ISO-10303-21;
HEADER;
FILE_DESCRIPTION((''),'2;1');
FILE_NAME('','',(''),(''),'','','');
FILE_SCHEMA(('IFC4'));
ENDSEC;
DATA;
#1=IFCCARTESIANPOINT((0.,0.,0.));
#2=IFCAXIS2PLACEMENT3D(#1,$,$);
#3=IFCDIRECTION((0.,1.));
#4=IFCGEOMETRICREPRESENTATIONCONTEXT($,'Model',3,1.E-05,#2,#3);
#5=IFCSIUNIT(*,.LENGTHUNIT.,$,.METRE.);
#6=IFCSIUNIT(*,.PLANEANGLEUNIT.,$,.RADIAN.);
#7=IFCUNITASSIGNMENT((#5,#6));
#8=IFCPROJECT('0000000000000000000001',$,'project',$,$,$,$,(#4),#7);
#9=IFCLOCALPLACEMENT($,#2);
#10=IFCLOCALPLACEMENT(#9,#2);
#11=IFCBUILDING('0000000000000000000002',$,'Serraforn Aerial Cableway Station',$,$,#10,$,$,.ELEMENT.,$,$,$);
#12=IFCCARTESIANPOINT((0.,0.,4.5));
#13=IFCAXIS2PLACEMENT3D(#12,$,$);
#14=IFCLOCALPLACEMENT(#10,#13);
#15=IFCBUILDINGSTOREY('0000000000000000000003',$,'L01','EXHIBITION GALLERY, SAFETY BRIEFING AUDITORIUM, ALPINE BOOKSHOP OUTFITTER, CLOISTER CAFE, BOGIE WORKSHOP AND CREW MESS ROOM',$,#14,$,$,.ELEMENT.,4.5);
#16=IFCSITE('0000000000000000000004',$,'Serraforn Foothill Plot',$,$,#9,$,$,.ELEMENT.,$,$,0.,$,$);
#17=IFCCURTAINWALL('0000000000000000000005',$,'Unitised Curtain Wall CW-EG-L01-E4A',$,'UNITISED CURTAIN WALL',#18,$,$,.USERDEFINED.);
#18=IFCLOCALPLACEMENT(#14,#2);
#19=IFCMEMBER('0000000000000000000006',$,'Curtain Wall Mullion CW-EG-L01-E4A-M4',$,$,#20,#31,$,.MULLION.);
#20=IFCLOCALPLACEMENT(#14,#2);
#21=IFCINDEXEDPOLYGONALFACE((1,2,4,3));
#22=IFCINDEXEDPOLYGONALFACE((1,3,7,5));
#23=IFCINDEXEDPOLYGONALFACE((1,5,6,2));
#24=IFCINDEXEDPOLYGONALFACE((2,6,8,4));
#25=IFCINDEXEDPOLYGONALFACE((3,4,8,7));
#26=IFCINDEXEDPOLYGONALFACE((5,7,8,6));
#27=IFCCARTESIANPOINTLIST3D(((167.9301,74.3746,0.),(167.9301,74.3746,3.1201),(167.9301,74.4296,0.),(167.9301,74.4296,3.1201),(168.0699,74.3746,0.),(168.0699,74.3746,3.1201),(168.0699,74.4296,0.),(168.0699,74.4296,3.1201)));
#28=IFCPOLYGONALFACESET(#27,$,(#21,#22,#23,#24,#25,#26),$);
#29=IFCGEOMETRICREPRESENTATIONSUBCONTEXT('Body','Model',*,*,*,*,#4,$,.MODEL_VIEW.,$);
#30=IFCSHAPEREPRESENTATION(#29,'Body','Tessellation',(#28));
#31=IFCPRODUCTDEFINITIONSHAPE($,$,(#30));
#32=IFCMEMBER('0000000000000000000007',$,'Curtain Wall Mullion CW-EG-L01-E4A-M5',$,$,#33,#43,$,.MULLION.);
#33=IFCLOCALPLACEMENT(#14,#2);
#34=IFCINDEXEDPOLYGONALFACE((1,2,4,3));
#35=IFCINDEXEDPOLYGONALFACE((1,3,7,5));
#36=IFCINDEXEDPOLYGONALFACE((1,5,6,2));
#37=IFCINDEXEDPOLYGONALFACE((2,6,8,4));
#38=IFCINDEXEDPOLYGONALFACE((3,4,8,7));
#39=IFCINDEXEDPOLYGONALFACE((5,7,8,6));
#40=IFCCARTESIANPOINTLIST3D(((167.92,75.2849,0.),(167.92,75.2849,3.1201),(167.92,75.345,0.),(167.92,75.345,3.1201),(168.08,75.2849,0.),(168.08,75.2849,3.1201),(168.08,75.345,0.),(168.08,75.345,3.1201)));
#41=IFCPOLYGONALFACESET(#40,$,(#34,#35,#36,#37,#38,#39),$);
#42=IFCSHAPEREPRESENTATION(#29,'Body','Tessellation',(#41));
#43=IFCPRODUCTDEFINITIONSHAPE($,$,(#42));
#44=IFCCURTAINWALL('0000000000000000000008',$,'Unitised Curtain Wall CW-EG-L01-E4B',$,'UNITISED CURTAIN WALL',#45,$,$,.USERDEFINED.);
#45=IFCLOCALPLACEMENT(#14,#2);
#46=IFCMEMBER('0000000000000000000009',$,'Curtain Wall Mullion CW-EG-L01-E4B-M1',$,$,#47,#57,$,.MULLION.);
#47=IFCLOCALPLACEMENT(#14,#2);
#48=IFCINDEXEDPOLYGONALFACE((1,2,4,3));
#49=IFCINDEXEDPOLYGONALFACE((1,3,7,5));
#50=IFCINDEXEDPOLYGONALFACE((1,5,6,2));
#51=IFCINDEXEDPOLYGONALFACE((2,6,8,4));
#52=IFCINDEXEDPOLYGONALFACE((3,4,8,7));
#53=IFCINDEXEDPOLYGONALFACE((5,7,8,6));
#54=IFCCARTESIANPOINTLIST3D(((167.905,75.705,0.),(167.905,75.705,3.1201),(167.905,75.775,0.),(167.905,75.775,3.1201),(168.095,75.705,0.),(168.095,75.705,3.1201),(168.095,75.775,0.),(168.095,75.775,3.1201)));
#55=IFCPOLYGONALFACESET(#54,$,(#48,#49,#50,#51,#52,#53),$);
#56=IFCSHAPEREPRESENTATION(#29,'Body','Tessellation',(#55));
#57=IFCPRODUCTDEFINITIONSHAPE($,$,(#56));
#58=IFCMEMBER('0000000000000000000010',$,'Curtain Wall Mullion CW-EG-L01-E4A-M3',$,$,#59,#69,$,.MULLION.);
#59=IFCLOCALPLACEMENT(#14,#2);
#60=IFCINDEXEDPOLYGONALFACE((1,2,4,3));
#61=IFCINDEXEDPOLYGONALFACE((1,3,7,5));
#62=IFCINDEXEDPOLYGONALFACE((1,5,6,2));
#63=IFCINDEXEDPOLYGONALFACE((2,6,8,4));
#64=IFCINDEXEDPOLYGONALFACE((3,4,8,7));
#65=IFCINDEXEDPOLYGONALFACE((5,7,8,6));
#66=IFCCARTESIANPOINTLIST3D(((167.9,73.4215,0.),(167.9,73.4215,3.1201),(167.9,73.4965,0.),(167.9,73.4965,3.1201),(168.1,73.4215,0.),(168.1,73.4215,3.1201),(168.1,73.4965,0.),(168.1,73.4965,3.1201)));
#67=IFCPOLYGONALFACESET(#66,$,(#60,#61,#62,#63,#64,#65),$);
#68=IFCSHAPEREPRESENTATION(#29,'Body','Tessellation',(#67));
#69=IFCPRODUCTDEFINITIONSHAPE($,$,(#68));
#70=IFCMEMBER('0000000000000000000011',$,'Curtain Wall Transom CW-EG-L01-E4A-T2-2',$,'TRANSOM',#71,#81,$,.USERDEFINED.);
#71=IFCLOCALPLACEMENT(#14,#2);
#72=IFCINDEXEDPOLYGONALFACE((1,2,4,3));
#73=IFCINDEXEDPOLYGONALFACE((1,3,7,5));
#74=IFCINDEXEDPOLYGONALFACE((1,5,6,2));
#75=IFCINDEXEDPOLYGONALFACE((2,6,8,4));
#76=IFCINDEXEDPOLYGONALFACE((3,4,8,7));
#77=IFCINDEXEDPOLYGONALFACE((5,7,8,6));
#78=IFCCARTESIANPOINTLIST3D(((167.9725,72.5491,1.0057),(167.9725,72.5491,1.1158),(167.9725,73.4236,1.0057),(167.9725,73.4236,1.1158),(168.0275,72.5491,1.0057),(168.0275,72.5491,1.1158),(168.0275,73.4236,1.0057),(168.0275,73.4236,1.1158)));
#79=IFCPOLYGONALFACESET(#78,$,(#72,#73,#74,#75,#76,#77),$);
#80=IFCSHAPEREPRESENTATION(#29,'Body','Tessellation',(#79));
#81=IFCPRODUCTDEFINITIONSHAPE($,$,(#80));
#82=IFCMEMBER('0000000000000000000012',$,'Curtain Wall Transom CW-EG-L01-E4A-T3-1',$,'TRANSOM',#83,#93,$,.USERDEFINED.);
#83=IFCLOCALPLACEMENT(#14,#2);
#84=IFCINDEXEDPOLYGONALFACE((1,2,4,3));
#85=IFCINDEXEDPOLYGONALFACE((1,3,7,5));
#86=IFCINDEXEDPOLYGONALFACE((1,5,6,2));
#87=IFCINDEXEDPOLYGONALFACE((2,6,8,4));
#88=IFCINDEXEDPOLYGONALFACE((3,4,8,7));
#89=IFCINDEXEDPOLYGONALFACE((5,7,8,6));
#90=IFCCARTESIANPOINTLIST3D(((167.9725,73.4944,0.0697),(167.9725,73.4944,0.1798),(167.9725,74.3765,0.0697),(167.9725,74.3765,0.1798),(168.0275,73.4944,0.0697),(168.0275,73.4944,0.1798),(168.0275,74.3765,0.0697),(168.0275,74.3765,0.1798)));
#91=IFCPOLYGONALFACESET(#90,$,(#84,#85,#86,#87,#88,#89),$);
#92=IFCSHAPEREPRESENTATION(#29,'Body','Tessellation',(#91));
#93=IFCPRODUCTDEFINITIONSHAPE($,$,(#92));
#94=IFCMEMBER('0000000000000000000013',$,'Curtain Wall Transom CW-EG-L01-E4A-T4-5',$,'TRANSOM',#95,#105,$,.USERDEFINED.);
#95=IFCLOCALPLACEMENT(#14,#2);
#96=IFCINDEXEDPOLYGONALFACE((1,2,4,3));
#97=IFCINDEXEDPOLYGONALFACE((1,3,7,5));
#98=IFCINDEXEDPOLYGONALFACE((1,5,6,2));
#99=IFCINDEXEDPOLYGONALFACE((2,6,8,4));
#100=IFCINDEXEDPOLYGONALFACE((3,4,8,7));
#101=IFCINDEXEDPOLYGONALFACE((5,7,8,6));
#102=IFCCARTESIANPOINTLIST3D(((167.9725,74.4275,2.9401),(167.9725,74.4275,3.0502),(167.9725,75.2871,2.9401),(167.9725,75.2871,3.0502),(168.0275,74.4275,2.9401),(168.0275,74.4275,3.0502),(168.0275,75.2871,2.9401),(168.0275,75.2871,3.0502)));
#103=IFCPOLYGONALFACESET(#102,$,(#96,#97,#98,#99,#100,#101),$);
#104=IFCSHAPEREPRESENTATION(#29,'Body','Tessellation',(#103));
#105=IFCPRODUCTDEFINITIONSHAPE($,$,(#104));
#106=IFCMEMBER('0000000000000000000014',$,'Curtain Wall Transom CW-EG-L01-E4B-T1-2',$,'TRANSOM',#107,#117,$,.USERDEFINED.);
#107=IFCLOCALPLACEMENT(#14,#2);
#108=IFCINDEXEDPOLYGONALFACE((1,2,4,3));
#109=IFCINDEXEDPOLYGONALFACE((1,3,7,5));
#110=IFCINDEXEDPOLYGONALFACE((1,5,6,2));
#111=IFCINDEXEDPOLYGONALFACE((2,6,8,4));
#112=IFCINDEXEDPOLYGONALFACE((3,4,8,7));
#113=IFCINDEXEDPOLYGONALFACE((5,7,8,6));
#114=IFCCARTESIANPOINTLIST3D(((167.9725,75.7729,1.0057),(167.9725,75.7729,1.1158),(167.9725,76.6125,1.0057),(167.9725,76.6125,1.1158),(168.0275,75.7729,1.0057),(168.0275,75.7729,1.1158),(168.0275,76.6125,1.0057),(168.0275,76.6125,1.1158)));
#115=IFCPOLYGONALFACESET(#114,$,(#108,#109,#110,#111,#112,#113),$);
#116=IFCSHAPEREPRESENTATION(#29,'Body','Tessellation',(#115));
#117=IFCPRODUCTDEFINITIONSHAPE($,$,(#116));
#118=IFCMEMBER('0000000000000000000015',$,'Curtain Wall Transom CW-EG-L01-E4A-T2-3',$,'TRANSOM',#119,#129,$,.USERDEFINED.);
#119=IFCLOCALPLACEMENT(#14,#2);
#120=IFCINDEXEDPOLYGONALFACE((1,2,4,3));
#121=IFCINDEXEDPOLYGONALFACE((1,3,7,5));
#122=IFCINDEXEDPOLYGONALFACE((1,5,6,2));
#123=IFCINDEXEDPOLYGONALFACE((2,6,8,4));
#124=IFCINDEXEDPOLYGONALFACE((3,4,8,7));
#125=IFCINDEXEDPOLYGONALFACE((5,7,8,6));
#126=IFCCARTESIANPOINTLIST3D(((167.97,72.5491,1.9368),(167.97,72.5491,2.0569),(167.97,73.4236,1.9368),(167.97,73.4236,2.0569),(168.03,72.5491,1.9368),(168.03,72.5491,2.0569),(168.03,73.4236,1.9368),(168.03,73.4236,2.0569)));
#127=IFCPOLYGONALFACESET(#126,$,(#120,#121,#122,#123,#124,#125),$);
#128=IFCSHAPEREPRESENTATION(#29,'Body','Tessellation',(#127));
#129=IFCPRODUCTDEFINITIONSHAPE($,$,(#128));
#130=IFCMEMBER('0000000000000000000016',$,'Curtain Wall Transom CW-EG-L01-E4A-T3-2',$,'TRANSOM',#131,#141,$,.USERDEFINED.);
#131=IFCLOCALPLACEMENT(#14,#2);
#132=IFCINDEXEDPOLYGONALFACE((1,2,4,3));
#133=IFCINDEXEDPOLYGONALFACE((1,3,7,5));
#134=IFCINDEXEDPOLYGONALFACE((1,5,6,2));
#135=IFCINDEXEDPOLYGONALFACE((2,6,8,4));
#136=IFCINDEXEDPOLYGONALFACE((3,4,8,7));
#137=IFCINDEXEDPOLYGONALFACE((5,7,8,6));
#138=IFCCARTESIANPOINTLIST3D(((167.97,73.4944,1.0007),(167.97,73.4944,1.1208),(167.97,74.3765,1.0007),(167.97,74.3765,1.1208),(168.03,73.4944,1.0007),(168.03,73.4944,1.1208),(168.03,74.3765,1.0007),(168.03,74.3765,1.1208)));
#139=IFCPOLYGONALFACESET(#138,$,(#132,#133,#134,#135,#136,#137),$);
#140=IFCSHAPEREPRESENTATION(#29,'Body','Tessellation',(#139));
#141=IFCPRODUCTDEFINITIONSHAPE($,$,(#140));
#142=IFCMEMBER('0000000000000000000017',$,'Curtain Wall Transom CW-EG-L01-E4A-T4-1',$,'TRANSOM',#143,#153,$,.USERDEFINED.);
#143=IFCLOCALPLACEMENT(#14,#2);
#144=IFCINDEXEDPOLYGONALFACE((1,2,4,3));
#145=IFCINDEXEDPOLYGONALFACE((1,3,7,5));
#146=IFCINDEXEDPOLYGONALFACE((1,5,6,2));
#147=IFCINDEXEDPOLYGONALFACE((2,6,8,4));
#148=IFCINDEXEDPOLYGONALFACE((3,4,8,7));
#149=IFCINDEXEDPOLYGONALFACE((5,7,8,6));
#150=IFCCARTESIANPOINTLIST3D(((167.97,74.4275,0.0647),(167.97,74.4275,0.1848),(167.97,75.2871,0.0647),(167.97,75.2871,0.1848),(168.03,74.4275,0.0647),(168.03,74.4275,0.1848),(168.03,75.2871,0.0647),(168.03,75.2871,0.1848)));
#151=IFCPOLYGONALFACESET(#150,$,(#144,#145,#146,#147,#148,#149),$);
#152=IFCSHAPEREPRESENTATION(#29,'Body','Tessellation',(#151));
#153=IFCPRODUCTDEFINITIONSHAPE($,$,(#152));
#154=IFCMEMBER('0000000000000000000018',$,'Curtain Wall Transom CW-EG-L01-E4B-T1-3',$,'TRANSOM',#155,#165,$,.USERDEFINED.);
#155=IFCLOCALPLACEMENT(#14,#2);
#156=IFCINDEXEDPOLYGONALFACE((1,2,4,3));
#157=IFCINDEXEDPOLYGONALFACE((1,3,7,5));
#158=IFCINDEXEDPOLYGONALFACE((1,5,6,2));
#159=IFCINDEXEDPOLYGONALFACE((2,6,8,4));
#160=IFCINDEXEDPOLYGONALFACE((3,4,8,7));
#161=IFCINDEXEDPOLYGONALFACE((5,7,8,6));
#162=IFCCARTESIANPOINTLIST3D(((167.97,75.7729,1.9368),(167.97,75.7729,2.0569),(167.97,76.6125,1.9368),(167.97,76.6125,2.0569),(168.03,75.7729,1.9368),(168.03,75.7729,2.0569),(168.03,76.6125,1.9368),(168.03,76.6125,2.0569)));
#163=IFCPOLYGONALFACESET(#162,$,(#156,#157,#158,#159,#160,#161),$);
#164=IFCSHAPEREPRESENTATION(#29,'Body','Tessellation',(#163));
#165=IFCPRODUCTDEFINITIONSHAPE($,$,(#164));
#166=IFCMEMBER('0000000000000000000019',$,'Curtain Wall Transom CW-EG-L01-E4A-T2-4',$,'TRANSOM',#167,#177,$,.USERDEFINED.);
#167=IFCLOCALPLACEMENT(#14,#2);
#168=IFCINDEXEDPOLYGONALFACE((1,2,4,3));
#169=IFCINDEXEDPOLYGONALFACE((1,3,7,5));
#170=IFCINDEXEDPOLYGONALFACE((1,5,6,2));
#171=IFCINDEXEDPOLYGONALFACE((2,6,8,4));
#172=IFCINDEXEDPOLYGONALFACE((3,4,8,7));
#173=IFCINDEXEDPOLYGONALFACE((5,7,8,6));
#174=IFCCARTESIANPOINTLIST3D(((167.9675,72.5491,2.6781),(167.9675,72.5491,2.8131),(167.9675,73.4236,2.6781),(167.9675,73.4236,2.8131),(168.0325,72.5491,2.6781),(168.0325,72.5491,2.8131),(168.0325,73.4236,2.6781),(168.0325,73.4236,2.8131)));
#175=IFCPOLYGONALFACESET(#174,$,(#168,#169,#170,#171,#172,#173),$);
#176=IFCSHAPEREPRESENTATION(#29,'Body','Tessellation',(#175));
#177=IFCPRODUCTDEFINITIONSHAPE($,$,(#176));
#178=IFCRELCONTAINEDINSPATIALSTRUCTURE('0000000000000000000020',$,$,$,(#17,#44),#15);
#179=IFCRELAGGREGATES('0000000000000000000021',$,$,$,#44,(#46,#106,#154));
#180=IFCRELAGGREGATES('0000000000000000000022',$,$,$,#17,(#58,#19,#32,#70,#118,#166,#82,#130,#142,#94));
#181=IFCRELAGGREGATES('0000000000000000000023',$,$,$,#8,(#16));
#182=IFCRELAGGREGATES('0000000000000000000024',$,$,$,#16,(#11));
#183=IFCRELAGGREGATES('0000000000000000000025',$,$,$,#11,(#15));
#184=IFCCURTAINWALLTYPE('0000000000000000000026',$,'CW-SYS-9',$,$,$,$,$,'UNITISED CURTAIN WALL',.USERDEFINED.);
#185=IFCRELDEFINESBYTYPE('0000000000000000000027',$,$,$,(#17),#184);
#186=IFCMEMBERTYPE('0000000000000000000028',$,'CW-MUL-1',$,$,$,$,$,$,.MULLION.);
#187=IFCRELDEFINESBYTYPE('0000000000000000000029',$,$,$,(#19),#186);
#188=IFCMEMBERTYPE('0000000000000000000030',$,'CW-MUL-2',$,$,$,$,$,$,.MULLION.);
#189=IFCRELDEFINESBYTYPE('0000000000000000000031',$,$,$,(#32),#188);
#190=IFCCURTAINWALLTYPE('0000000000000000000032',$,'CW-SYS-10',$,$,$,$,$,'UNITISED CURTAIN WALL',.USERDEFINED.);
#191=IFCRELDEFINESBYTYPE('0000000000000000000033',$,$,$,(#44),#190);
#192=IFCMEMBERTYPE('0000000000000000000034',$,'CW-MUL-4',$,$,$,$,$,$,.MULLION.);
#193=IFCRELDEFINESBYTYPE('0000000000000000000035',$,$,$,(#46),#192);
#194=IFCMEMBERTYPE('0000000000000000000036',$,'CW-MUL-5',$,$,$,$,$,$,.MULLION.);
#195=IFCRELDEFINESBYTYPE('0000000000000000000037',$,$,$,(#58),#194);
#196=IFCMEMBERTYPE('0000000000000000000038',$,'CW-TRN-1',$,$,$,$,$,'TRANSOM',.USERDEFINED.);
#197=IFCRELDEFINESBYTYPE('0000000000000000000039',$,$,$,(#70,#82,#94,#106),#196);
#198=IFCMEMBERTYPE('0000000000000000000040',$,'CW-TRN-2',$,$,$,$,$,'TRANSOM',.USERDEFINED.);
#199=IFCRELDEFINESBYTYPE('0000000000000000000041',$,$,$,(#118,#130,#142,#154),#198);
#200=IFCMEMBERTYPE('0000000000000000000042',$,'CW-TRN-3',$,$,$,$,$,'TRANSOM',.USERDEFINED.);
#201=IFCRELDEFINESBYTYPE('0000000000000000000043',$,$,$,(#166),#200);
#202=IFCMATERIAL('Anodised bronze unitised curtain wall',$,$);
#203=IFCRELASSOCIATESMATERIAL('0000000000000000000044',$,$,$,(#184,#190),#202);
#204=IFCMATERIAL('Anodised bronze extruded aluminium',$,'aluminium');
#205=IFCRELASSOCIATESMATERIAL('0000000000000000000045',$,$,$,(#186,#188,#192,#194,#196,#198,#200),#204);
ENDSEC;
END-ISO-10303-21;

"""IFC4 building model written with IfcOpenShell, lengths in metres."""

from ifc_helpers import new_model, si_unit, direction, frame, origin, origin_2d, place, context, subcontext, project, spatial, rectangle, extrude, material, material_profile, profile_set, type_object, element, aggregate, save


model = new_model("IFC4")

# Units and contexts
model_context = context("Model", 3, precision=1e-05, world=origin(), true_north=direction((0.0, 1.0)))
body_context = subcontext(model_context, "Body", "Model", "MODEL_VIEW")
ifc_project = project(units=[si_unit("LENGTHUNIT", "METRE"), si_unit("PLANEANGLEUNIT", "RADIAN")], contexts=[model_context])

# Site, building, storey
site_placement = place(None, origin())
site = spatial("IfcSite", under=ifc_project, at=site_placement, Name="Serraforn Foothill Plot", CompositionType="ELEMENT", RefElevation=0.0)
building_placement = place(site_placement, origin())
building = spatial("IfcBuilding", under=site, at=building_placement, Name="Serraforn Aerial Cableway Station", CompositionType="ELEMENT")
storey_placement = place(building_placement, frame((0.0, 0.0, 4.5)))
storey = spatial("IfcBuildingStorey", under=building, at=storey_placement, Name="L01", Description="EXHIBITION GALLERY, SAFETY BRIEFING AUDITORIUM, ALPINE BOOKSHOP OUTFITTER, CLOISTER CAFE, BOGIE WORKSHOP AND CREW MESS ROOM", CompositionType="ELEMENT", Elevation=4.5)

# Curtain wall, members
ifc_material_1 = material(Name="Anodised bronze unitised curtain wall")
curtain_wall_type_1 = type_object("IfcCurtainWallType", Name="CW-SYS-9", ElementType="UNITISED CURTAIN WALL", PredefinedType="USERDEFINED", material=ifc_material_1)
curtain_wall_1_placement = place(storey_placement, origin())
curtain_wall_1 = element("IfcCurtainWall", 1, at=curtain_wall_1_placement, inside=storey, type_object=curtain_wall_type_1, Name="Unitised Curtain Wall CW-EG-L01-E4A", ObjectType="UNITISED CURTAIN WALL", PredefinedType="USERDEFINED")
ifc_material_2 = material(Name="Anodised bronze extruded aluminium", Category="aluminium")
ifc_material_profile_1 = material_profile(ifc_material_2, rectangle(XDim=0.0549, YDim=0.1399, at=origin_2d()), Name="CW MULLION 55x140")
ifc_profile_set_1 = profile_set([ifc_material_profile_1], Name="Anodised bronze extruded aluminium")
member_type_1 = type_object("IfcMemberType", Name="CW-MUL-1", PredefinedType="MULLION", material=ifc_profile_set_1)
member_1_placement = place(storey_placement, frame((168.0, 74.4021, 0.0), z_axis=(0.0, 0.0, 1.0), x_axis=(0.0, 1.0, 0.0)))
member_1 = element("IfcMember", 2, at=member_1_placement, type_object=member_type_1, Name="Curtain Wall Mullion CW-EG-L01-E4A-M4", PredefinedType="MULLION", context=body_context, shape_type="SweptSolid", body=[
    extrude(rectangle(XDim=0.0549, YDim=0.1399, at=origin_2d()), origin(), (0.0, 0.0, 1.0), 3.1201),
])
ifc_material_profile_2 = material_profile(ifc_material_2, rectangle(XDim=0.0601, YDim=0.1599, at=origin_2d()), Name="CW MULLION 60x160")
ifc_profile_set_2 = profile_set([ifc_material_profile_2], Name="Anodised bronze extruded aluminium")
member_type_2 = type_object("IfcMemberType", Name="CW-MUL-2", PredefinedType="MULLION", material=ifc_profile_set_2)
member_2_placement = place(storey_placement, frame((168.0, 75.3149, 0.0), z_axis=(0.0, 0.0, 1.0), x_axis=(0.0, 1.0, 0.0)))
member_2 = element("IfcMember", 3, at=member_2_placement, type_object=member_type_2, Name="Curtain Wall Mullion CW-EG-L01-E4A-M5", PredefinedType="MULLION", context=body_context, shape_type="SweptSolid", body=[
    extrude(rectangle(XDim=0.0601, YDim=0.1599, at=origin_2d()), origin(), (0.0, 0.0, 1.0), 3.1201),
])

# Curtain wall, member
curtain_wall_type_2 = type_object("IfcCurtainWallType", Name="CW-SYS-10", ElementType="UNITISED CURTAIN WALL", PredefinedType="USERDEFINED", material=ifc_material_1)
curtain_wall_2_placement = place(storey_placement, origin())
curtain_wall_2 = element("IfcCurtainWall", 4, at=curtain_wall_2_placement, inside=storey, type_object=curtain_wall_type_2, Name="Unitised Curtain Wall CW-EG-L01-E4B", ObjectType="UNITISED CURTAIN WALL", PredefinedType="USERDEFINED")
ifc_material_profile_3 = material_profile(ifc_material_2, rectangle(XDim=0.0701, YDim=0.1899, at=origin_2d()), Name="CW MULLION 70x190")
ifc_profile_set_3 = profile_set([ifc_material_profile_3], Name="Anodised bronze extruded aluminium")
member_type_3 = type_object("IfcMemberType", Name="CW-MUL-4", PredefinedType="MULLION", material=ifc_profile_set_3)
member_3_placement = place(storey_placement, frame((168.0, 75.74, 0.0), z_axis=(0.0, 0.0, 1.0), x_axis=(0.0, 1.0, 0.0)))
member_3 = element("IfcMember", 5, at=member_3_placement, type_object=member_type_3, Name="Curtain Wall Mullion CW-EG-L01-E4B-M1", PredefinedType="MULLION", context=body_context, shape_type="SweptSolid", body=[
    extrude(rectangle(XDim=0.0701, YDim=0.1899, at=origin_2d()), origin(), (0.0, 0.0, 1.0), 3.1201),
])

# Members
ifc_material_profile_4 = material_profile(ifc_material_2, rectangle(XDim=0.075, YDim=0.2, at=origin_2d()), Name="CW MULLION 75x200")
ifc_profile_set_4 = profile_set([ifc_material_profile_4], Name="Anodised bronze extruded aluminium")
member_type_4 = type_object("IfcMemberType", Name="CW-MUL-5", PredefinedType="MULLION", material=ifc_profile_set_4)
member_4_placement = place(storey_placement, frame((168.0, 73.459, 0.0), z_axis=(0.0, 0.0, 1.0), x_axis=(0.0, 1.0, 0.0)))
member_4 = element("IfcMember", 6, at=member_4_placement, type_object=member_type_4, Name="Curtain Wall Mullion CW-EG-L01-E4A-M3", PredefinedType="MULLION", context=body_context, shape_type="SweptSolid", body=[
    extrude(rectangle(XDim=0.075, YDim=0.2, at=origin_2d()), origin(), (0.0, 0.0, 1.0), 3.1201),
])
ifc_material_profile_5 = material_profile(ifc_material_2, rectangle(XDim=0.0549, YDim=0.1101, at=origin_2d()), Name="CW TRANSOM 55x110")
ifc_profile_set_5 = profile_set([ifc_material_profile_5], Name="Anodised bronze extruded aluminium")
member_type_5 = type_object("IfcMemberType", Name="CW-TRN-1", ElementType="TRANSOM", PredefinedType="USERDEFINED", material=ifc_profile_set_5)
member_5_placement = place(storey_placement, frame((168.0, 72.5491, 1.0608), z_axis=(0.0, 1.0, 0.0), x_axis=(-1.0, 0.0, 0.0)))
member_5 = element("IfcMember", 7, at=member_5_placement, type_object=member_type_5, Name="Curtain Wall Transom CW-EG-L01-E4A-T2-2", ObjectType="TRANSOM", PredefinedType="USERDEFINED", context=body_context, shape_type="SweptSolid", body=[
    extrude(rectangle(XDim=0.0549, YDim=0.1101, at=origin_2d()), origin(), (0.0, 0.0, 1.0), 0.8745),
])
member_6_placement = place(storey_placement, frame((168.0, 73.4944, 0.1248), z_axis=(0.0, 1.0, 0.0), x_axis=(-1.0, 0.0, 0.0)))
member_6 = element("IfcMember", 8, at=member_6_placement, type_object=member_type_5, Name="Curtain Wall Transom CW-EG-L01-E4A-T3-1", ObjectType="TRANSOM", PredefinedType="USERDEFINED", context=body_context, shape_type="SweptSolid", body=[
    extrude(rectangle(XDim=0.0549, YDim=0.1101, at=origin_2d()), origin(), (0.0, 0.0, 1.0), 0.8821),
])
member_7_placement = place(storey_placement, frame((168.0, 74.4275, 2.9951), z_axis=(0.0, 1.0, 0.0), x_axis=(-1.0, 0.0, 0.0)))
member_7 = element("IfcMember", 9, at=member_7_placement, type_object=member_type_5, Name="Curtain Wall Transom CW-EG-L01-E4A-T4-5", ObjectType="TRANSOM", PredefinedType="USERDEFINED", context=body_context, shape_type="SweptSolid", body=[
    extrude(rectangle(XDim=0.0549, YDim=0.1101, at=origin_2d()), origin(), (0.0, 0.0, 1.0), 0.8596),
])
member_8_placement = place(storey_placement, frame((168.0, 75.7729, 1.0608), z_axis=(0.0, 1.0, 0.0), x_axis=(-1.0, 0.0, 0.0)))
member_8 = element("IfcMember", 10, at=member_8_placement, type_object=member_type_5, Name="Curtain Wall Transom CW-EG-L01-E4B-T1-2", ObjectType="TRANSOM", PredefinedType="USERDEFINED", context=body_context, shape_type="SweptSolid", body=[
    extrude(rectangle(XDim=0.0549, YDim=0.1101, at=origin_2d()), origin(), (0.0, 0.0, 1.0), 0.8396),
])
ifc_material_profile_6 = material_profile(ifc_material_2, rectangle(XDim=0.0601, YDim=0.1201, at=origin_2d()), Name="CW TRANSOM 60x120")
ifc_profile_set_6 = profile_set([ifc_material_profile_6], Name="Anodised bronze extruded aluminium")
member_type_6 = type_object("IfcMemberType", Name="CW-TRN-2", ElementType="TRANSOM", PredefinedType="USERDEFINED", material=ifc_profile_set_6)
member_9_placement = place(storey_placement, frame((168.0, 72.5491, 1.9968), z_axis=(0.0, 1.0, 0.0), x_axis=(-1.0, 0.0, 0.0)))
member_9 = element("IfcMember", 11, at=member_9_placement, type_object=member_type_6, Name="Curtain Wall Transom CW-EG-L01-E4A-T2-3", ObjectType="TRANSOM", PredefinedType="USERDEFINED", context=body_context, shape_type="SweptSolid", body=[
    extrude(rectangle(XDim=0.0601, YDim=0.1201, at=origin_2d()), origin(), (0.0, 0.0, 1.0), 0.8745),
])
member_10_placement = place(storey_placement, frame((168.0, 73.4944, 1.0608), z_axis=(0.0, 1.0, 0.0), x_axis=(-1.0, 0.0, 0.0)))
member_10 = element("IfcMember", 12, at=member_10_placement, type_object=member_type_6, Name="Curtain Wall Transom CW-EG-L01-E4A-T3-2", ObjectType="TRANSOM", PredefinedType="USERDEFINED", context=body_context, shape_type="SweptSolid", body=[
    extrude(rectangle(XDim=0.0601, YDim=0.1201, at=origin_2d()), origin(), (0.0, 0.0, 1.0), 0.8821),
])
member_11_placement = place(storey_placement, frame((168.0, 74.4275, 0.1248), z_axis=(0.0, 1.0, 0.0), x_axis=(-1.0, 0.0, 0.0)))
member_11 = element("IfcMember", 13, at=member_11_placement, type_object=member_type_6, Name="Curtain Wall Transom CW-EG-L01-E4A-T4-1", ObjectType="TRANSOM", PredefinedType="USERDEFINED", context=body_context, shape_type="SweptSolid", body=[
    extrude(rectangle(XDim=0.0601, YDim=0.1201, at=origin_2d()), origin(), (0.0, 0.0, 1.0), 0.8596),
])
member_12_placement = place(storey_placement, frame((168.0, 75.7729, 1.9968), z_axis=(0.0, 1.0, 0.0), x_axis=(-1.0, 0.0, 0.0)))
member_12 = element("IfcMember", 14, at=member_12_placement, type_object=member_type_6, Name="Curtain Wall Transom CW-EG-L01-E4B-T1-3", ObjectType="TRANSOM", PredefinedType="USERDEFINED", context=body_context, shape_type="SweptSolid", body=[
    extrude(rectangle(XDim=0.0601, YDim=0.1201, at=origin_2d()), origin(), (0.0, 0.0, 1.0), 0.8396),
])
ifc_material_profile_7 = material_profile(ifc_material_2, rectangle(XDim=0.0649, YDim=0.135, at=origin_2d()), Name="CW TRANSOM 65x135")
ifc_profile_set_7 = profile_set([ifc_material_profile_7], Name="Anodised bronze extruded aluminium")
member_type_7 = type_object("IfcMemberType", Name="CW-TRN-3", ElementType="TRANSOM", PredefinedType="USERDEFINED", material=ifc_profile_set_7)
member_13_placement = place(storey_placement, frame((168.0, 72.5491, 2.7456), z_axis=(0.0, 1.0, 0.0), x_axis=(-1.0, 0.0, 0.0)))
member_13 = element("IfcMember", 15, at=member_13_placement, type_object=member_type_7, Name="Curtain Wall Transom CW-EG-L01-E4A-T2-4", ObjectType="TRANSOM", PredefinedType="USERDEFINED", context=body_context, shape_type="SweptSolid", body=[
    extrude(rectangle(XDim=0.0649, YDim=0.135, at=origin_2d()), origin(), (0.0, 0.0, 1.0), 0.8745),
])
aggregate(curtain_wall_2, [member_3, member_8, member_12])

aggregate(curtain_wall_1, [member_4, member_1, member_2, member_5, member_9, member_13, member_6, member_10, member_11, member_7])

save(model, "model.ifc")
